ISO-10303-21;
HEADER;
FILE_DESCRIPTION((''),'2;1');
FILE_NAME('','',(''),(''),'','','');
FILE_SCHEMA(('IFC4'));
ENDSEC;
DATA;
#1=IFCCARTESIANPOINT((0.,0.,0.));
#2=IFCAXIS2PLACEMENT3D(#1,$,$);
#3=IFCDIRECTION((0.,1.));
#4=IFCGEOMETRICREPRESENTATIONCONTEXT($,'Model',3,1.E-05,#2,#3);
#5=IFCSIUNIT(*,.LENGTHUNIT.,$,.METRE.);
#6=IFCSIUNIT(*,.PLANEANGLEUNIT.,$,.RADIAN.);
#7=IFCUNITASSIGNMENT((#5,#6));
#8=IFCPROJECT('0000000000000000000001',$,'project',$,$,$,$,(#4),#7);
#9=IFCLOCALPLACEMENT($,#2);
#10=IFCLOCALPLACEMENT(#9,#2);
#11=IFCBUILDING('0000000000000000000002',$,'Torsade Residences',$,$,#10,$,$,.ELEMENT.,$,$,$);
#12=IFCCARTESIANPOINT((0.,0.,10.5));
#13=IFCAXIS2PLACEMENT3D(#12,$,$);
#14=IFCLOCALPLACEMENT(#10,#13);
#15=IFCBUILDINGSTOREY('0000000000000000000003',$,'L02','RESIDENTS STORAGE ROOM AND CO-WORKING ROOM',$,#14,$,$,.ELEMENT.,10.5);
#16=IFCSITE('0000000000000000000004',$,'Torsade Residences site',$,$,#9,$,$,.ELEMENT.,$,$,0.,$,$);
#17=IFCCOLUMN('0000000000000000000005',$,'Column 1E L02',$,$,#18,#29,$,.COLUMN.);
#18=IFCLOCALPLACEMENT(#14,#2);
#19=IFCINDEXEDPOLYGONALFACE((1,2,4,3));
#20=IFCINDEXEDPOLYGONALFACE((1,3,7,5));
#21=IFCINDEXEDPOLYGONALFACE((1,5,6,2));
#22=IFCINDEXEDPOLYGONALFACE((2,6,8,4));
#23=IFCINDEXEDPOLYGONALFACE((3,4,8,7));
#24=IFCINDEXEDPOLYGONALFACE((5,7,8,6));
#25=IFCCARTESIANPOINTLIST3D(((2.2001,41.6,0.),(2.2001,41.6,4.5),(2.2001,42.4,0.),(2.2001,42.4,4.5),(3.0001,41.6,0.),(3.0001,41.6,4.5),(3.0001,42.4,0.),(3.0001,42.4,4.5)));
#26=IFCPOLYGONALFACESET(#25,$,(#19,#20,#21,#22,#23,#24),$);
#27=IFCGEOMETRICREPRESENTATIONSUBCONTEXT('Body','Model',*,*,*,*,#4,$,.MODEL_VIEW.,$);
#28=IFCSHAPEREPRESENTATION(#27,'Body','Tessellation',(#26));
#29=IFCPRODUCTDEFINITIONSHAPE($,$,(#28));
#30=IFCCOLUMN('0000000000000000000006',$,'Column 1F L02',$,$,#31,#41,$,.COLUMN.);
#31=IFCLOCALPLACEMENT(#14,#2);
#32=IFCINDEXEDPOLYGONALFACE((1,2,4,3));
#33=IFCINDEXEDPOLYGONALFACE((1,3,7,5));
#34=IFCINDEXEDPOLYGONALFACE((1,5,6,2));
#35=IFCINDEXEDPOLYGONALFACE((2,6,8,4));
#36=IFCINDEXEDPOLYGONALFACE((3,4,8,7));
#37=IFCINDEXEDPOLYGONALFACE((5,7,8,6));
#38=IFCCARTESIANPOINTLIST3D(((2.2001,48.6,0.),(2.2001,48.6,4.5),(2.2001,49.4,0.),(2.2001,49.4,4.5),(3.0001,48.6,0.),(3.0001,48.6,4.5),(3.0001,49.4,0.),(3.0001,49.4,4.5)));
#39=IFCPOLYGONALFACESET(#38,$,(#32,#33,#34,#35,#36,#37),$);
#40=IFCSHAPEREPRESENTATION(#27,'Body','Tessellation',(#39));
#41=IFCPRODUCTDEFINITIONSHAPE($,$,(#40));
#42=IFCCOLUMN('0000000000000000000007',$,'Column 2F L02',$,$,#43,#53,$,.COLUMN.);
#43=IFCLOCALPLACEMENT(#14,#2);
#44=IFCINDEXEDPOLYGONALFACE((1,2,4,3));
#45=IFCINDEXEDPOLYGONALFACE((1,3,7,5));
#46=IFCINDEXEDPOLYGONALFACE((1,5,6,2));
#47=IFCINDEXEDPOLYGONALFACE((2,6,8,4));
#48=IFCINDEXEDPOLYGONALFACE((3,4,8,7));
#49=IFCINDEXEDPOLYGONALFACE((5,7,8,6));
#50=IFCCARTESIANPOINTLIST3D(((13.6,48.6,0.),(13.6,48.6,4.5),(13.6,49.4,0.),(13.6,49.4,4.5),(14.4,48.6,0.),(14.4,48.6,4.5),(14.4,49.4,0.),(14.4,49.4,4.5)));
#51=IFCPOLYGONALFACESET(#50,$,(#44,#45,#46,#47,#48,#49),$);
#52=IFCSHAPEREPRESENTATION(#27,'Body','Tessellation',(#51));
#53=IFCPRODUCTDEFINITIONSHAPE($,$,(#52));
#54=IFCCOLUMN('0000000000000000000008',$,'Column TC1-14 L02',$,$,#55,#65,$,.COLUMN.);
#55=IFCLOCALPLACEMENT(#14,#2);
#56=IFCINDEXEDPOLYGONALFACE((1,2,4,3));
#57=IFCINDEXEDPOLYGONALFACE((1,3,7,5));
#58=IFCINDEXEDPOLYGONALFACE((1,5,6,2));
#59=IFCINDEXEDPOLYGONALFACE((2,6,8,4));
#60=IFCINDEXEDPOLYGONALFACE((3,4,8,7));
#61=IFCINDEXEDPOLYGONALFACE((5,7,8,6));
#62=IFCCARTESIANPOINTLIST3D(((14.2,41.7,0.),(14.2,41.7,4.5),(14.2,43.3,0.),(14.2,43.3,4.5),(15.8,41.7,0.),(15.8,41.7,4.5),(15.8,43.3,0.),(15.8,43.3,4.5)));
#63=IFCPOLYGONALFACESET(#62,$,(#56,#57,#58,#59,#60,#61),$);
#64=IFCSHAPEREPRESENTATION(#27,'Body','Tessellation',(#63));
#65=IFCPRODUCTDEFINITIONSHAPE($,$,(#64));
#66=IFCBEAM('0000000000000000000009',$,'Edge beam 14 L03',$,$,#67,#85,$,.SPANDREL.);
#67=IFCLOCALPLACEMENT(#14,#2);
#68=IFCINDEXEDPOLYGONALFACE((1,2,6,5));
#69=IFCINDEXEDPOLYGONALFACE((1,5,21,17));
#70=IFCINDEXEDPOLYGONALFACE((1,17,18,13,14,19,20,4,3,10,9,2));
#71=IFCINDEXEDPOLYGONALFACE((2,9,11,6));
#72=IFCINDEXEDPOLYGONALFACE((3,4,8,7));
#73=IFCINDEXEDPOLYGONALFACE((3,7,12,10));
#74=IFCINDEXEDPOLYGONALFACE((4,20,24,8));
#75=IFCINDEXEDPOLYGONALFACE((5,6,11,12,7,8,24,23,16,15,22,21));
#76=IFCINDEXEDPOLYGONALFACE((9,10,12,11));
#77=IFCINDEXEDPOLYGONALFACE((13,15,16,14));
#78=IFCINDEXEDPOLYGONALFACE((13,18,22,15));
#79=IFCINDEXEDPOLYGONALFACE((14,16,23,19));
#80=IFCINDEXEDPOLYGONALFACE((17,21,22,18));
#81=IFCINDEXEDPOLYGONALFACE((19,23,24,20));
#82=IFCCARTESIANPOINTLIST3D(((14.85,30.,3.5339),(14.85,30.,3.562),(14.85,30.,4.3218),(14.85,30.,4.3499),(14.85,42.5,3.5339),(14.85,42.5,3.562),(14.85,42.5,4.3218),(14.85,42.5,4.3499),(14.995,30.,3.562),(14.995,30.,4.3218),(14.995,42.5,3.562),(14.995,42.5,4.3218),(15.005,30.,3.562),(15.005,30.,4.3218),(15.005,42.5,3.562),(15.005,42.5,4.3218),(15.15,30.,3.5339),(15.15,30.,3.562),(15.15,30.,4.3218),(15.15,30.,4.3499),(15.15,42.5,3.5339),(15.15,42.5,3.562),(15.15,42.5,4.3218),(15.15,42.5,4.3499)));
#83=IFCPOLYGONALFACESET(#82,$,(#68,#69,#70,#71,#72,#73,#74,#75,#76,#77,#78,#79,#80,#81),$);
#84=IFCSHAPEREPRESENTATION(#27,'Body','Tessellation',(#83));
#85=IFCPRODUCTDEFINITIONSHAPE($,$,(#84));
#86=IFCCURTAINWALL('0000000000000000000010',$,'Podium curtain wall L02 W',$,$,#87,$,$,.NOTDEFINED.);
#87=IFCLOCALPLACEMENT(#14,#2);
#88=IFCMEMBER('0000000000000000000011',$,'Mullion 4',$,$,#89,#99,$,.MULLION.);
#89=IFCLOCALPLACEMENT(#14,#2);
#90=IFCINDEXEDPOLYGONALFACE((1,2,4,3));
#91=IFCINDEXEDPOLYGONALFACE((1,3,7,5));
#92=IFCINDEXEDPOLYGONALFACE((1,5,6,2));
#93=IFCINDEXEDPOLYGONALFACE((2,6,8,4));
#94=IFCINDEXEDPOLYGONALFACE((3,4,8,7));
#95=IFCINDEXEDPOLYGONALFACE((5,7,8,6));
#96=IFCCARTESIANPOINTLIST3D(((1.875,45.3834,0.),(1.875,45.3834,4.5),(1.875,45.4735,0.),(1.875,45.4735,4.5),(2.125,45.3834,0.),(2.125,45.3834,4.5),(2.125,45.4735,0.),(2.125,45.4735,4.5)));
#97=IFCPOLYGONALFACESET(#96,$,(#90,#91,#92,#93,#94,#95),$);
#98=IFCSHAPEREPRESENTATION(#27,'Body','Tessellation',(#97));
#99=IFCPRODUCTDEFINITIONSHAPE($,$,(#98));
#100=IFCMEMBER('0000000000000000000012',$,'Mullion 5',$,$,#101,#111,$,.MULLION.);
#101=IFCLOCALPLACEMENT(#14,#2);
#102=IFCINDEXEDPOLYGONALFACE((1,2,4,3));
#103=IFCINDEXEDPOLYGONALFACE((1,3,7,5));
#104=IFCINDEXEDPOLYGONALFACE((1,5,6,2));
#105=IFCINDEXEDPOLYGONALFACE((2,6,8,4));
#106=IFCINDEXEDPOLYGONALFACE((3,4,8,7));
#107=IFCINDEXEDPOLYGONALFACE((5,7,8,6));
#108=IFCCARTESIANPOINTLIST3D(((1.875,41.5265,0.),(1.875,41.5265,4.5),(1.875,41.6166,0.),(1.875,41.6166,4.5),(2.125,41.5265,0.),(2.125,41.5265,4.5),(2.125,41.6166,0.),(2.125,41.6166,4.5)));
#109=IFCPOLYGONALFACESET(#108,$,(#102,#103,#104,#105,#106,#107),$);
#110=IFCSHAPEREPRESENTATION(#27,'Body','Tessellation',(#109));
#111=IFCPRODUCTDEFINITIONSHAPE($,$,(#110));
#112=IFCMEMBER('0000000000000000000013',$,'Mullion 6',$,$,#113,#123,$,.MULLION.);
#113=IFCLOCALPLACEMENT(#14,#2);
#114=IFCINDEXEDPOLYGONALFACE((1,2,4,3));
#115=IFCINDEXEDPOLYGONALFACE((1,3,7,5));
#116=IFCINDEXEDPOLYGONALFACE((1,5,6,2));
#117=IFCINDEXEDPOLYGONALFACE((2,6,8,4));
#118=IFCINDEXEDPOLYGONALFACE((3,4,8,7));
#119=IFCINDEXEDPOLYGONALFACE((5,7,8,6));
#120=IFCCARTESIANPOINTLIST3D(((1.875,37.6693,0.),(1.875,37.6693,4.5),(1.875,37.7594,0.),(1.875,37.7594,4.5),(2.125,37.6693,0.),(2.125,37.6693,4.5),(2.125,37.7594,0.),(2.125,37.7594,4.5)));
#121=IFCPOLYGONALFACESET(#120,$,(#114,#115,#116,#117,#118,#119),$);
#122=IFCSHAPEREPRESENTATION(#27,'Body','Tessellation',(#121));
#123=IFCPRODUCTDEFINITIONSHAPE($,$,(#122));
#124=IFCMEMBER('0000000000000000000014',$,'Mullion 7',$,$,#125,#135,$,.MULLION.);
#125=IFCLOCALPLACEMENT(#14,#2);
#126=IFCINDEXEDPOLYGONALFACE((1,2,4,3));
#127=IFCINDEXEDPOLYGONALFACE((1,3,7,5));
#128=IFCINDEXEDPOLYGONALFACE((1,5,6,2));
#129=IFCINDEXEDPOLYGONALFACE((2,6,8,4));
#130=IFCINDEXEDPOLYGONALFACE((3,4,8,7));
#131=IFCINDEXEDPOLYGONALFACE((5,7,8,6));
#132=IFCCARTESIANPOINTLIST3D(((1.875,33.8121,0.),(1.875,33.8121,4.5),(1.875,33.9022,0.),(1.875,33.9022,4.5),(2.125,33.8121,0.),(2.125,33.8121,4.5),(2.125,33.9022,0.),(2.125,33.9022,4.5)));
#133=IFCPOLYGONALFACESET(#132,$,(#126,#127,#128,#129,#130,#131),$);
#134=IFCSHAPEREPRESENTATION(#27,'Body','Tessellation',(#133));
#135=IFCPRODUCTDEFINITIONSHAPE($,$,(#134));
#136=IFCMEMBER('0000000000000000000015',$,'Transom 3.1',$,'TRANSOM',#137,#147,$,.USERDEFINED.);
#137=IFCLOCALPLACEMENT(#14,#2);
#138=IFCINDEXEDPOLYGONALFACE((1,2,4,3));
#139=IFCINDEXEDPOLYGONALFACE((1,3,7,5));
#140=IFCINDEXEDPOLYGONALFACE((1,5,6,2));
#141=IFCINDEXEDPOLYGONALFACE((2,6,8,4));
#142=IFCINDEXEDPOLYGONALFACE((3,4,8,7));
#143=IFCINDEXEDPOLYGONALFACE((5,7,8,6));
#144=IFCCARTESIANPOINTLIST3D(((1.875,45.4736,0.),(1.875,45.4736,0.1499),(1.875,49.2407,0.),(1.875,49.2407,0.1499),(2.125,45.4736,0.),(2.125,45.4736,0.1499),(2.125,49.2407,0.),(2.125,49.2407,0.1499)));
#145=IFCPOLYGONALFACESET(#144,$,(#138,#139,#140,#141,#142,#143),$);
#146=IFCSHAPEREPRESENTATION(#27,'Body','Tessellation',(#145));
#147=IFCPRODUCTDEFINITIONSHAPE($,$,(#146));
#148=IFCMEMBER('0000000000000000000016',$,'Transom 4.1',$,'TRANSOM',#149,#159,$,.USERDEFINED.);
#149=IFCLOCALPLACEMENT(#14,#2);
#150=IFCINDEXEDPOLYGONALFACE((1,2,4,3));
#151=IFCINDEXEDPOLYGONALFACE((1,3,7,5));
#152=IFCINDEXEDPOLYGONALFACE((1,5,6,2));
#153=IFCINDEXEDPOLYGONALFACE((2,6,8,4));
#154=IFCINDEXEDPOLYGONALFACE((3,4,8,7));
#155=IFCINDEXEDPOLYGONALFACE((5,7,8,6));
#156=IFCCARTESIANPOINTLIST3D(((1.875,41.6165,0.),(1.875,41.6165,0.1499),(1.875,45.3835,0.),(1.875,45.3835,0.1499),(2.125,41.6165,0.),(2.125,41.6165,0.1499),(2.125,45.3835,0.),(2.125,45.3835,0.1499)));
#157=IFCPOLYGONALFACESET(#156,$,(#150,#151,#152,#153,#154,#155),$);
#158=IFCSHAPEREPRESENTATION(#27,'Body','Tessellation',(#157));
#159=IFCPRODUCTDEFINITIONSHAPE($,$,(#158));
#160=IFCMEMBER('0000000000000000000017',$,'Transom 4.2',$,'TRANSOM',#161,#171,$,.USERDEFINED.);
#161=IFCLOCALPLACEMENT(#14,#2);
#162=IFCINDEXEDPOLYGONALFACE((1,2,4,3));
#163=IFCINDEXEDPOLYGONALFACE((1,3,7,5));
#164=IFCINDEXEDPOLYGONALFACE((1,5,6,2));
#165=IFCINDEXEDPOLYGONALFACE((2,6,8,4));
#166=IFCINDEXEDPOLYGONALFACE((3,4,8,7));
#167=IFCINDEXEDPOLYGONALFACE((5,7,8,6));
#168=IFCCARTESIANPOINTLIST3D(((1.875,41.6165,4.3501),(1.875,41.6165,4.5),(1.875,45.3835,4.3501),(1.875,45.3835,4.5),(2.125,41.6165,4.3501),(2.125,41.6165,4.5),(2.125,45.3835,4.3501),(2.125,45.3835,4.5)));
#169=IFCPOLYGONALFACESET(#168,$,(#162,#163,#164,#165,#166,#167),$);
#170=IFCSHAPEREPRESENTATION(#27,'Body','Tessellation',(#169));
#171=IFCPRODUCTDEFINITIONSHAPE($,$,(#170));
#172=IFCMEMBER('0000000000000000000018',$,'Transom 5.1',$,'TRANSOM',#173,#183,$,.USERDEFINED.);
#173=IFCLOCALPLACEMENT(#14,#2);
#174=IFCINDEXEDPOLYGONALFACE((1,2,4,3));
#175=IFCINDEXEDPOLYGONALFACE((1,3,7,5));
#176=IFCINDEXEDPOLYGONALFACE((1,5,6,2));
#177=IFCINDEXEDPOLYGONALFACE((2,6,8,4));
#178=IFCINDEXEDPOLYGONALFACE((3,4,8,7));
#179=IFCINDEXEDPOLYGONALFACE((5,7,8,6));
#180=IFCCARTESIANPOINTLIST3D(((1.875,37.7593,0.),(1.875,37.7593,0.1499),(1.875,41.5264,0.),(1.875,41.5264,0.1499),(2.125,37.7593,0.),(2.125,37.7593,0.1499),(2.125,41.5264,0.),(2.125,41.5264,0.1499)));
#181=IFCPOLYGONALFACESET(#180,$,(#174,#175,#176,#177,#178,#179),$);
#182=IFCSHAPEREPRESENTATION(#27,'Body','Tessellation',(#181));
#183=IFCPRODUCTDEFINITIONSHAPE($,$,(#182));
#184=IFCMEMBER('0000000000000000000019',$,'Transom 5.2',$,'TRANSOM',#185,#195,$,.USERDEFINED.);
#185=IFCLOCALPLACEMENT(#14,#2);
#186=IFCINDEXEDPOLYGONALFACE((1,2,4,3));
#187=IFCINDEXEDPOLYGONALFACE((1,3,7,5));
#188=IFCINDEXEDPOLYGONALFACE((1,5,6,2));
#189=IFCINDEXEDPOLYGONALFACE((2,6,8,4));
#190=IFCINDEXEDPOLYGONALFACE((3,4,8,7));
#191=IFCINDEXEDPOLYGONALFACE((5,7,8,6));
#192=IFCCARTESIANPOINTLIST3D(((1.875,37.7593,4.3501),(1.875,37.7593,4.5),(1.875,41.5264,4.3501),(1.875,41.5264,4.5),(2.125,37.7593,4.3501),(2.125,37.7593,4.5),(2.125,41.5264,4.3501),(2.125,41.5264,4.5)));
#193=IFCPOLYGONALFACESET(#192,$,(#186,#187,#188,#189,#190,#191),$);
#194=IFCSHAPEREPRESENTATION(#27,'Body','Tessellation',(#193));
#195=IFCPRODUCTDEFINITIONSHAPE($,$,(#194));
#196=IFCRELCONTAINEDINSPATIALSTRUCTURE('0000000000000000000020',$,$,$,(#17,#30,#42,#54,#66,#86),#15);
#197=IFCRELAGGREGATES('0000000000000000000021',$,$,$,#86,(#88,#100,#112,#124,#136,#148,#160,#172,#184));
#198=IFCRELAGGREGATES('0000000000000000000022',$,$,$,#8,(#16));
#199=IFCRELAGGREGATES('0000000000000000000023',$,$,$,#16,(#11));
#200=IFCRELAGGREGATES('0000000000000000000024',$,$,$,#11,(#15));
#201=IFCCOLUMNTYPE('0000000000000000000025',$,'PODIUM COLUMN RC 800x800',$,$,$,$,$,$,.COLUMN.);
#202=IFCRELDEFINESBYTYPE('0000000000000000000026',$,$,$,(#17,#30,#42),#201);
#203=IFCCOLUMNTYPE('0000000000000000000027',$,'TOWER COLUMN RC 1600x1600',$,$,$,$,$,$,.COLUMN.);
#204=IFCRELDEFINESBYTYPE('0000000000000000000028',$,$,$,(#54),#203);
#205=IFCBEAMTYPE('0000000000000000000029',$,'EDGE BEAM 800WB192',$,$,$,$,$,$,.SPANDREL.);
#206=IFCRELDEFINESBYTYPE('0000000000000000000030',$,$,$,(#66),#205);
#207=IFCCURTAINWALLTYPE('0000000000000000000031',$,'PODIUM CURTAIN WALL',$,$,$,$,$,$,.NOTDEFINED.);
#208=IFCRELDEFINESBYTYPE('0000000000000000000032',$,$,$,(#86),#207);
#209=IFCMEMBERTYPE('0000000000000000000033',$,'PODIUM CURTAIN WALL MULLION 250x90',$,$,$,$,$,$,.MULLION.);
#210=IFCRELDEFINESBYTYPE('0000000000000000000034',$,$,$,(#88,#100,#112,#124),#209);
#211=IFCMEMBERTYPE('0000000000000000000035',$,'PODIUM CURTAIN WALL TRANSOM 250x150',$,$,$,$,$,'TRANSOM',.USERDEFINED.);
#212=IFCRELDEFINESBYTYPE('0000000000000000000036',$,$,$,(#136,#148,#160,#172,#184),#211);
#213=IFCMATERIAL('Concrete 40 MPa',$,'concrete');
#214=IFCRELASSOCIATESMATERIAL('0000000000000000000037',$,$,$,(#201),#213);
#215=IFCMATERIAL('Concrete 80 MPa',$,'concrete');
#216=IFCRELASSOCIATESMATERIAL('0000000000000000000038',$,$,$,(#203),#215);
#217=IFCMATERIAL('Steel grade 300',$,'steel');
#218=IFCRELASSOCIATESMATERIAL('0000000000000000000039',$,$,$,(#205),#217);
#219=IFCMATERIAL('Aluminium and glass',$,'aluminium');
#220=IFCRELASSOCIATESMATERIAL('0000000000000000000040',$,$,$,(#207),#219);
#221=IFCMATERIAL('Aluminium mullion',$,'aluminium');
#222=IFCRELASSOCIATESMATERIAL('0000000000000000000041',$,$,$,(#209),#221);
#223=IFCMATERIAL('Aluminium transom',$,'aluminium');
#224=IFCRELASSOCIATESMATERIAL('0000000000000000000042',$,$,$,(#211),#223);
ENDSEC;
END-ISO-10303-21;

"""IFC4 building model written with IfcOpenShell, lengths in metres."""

from ifc_helpers import new_model, si_unit, direction, frame, origin, origin_2d, place, context, subcontext, project, spatial, rectangle, i_section, extrude, material, material_profile, profile_set, type_object, element, aggregate, save


model = new_model("IFC4")

# Units and contexts
model_context = context("Model", 3, precision=1e-05, world=origin(), true_north=direction((0.0, 1.0)))
body_context = subcontext(model_context, "Body", "Model", "MODEL_VIEW")
ifc_project = project(units=[si_unit("LENGTHUNIT", "METRE"), si_unit("PLANEANGLEUNIT", "RADIAN")], contexts=[model_context])

# Site, building, storey
site_placement = place(None, origin())
site = spatial("IfcSite", under=ifc_project, at=site_placement, Name="Torsade Residences site", CompositionType="ELEMENT", RefElevation=0.0)
building_placement = place(site_placement, origin())
building = spatial("IfcBuilding", under=site, at=building_placement, Name="Torsade Residences", CompositionType="ELEMENT")
storey_placement = place(building_placement, frame((0.0, 0.0, 10.5)))
storey = spatial("IfcBuildingStorey", under=building, at=storey_placement, Name="L02", Description="RESIDENTS STORAGE ROOM AND CO-WORKING ROOM", CompositionType="ELEMENT", Elevation=10.5)

# Columns
ifc_material_1 = material(Name="Concrete 40 MPa", Category="concrete")
ifc_material_profile_1 = material_profile(ifc_material_1, rectangle(XDim=0.8, YDim=0.8, at=origin_2d()), Name="RC 800x800")
ifc_profile_set_1 = profile_set([ifc_material_profile_1], Name="Concrete 40 MPa")
column_type_1 = type_object("IfcColumnType", Name="PODIUM COLUMN RC 800x800", PredefinedType="COLUMN", material=ifc_profile_set_1)
for number, where, z_axis, x_axis, name in (
    (1, (2.6001, 42.0, 0.0), (0.0, 0.0, 1.0), (1.0, 0.0, 0.0), "Column 1E L02"),
    (2, (2.6001, 49.0, 0.0), (0.0, 0.0, 1.0), (1.0, 0.0, 0.0), "Column 1F L02"),
    (3, (14.0, 49.0, 0.0), (0.0, 0.0, 1.0), (1.0, 0.0, 0.0), "Column 2F L02"),
):
    element("IfcColumn", number, at=place(storey_placement, frame(where, z_axis=z_axis, x_axis=x_axis)), inside=storey, type_object=column_type_1, Name=name, PredefinedType="COLUMN", context=body_context, shape_type="SweptSolid", body=[
        extrude(rectangle(XDim=0.8, YDim=0.8, at=origin_2d()), origin(), (0.0, 0.0, 1.0), 4.5),
    ])
ifc_material_2 = material(Name="Concrete 80 MPa", Category="concrete")
ifc_material_profile_2 = material_profile(ifc_material_2, rectangle(XDim=1.6001, YDim=1.6001, at=origin_2d()), Name="RC 1600x1600")
ifc_profile_set_2 = profile_set([ifc_material_profile_2], Name="Concrete 80 MPa")
column_type_2 = type_object("IfcColumnType", Name="TOWER COLUMN RC 1600x1600", PredefinedType="COLUMN", material=ifc_profile_set_2)
column_placement = place(storey_placement, frame((15.0, 42.5, 0.0), z_axis=(0.0, 0.0, 1.0), x_axis=(1.0, 0.0, 0.0)))
element("IfcColumn", 4, at=column_placement, inside=storey, type_object=column_type_2, Name="Column TC1-14 L02", PredefinedType="COLUMN", context=body_context, shape_type="SweptSolid", body=[
    extrude(rectangle(XDim=1.6001, YDim=1.6001, at=origin_2d()), origin(), (0.0, 0.0, 1.0), 4.5),
])

# Beam
ifc_material_3 = material(Name="Steel grade 300", Category="steel")
ifc_material_profile_3 = material_profile(ifc_material_3, i_section(OverallWidth=0.3, OverallDepth=0.8159, WebThickness=0.01, FlangeThickness=0.0281, at=origin_2d()), Name="800WB192")
ifc_profile_set_3 = profile_set([ifc_material_profile_3], Name="Steel grade 300")
beam_type_1 = type_object("IfcBeamType", Name="EDGE BEAM 800WB192", PredefinedType="SPANDREL", material=ifc_profile_set_3)
beam_1_placement = place(storey_placement, frame((15.0, 42.5, 3.9419), z_axis=(0.0, -1.0, 0.0), x_axis=(1.0, 0.0, 0.0)))
element("IfcBeam", 5, at=beam_1_placement, inside=storey, type_object=beam_type_1, Name="Edge beam 14 L03", PredefinedType="SPANDREL", context=body_context, shape_type="SweptSolid", body=[
    extrude(i_section(OverallWidth=0.3, OverallDepth=0.8159, WebThickness=0.01, FlangeThickness=0.0281, at=origin_2d()), origin(), (0.0, 0.0, 1.0), 12.5),
])

# Curtain wall, members
ifc_material_4 = material(Name="Aluminium and glass", Category="aluminium")
curtain_wall_type = type_object("IfcCurtainWallType", Name="PODIUM CURTAIN WALL", PredefinedType="NOTDEFINED", material=ifc_material_4)
curtain_wall_placement = place(storey_placement, origin())
curtain_wall = element("IfcCurtainWall", 6, at=curtain_wall_placement, inside=storey, type_object=curtain_wall_type, Name="Podium curtain wall L02 W", PredefinedType="NOTDEFINED")
ifc_material_5 = material(Name="Aluminium mullion", Category="aluminium")
ifc_material_profile_4 = material_profile(ifc_material_5, rectangle(XDim=0.25, YDim=0.0901, at=origin_2d()), Name="PODIUM CURTAIN WALL MULLION 250x90")
ifc_profile_set_4 = profile_set([ifc_material_profile_4], Name="Aluminium mullion")
member_type_1 = type_object("IfcMemberType", Name="PODIUM CURTAIN WALL MULLION 250x90", PredefinedType="MULLION", material=ifc_profile_set_4)
member_1_placement = place(storey_placement, frame((2.0, 45.4285, 0.0), z_axis=(0.0, 0.0, 1.0), x_axis=(1.0, 0.0, 0.0)))
member_1 = element("IfcMember", 7, at=member_1_placement, type_object=member_type_1, Name="Mullion 4", PredefinedType="MULLION", context=body_context, shape_type="SweptSolid", body=[
    extrude(rectangle(XDim=0.25, YDim=0.0901, at=origin_2d()), origin(), (0.0, 0.0, 1.0), 4.5),
])
member_2_placement = place(storey_placement, frame((2.0, 41.5715, 0.0), z_axis=(0.0, 0.0, 1.0), x_axis=(1.0, 0.0, 0.0)))
member_2 = element("IfcMember", 8, at=member_2_placement, type_object=member_type_1, Name="Mullion 5", PredefinedType="MULLION", context=body_context, shape_type="SweptSolid", body=[
    extrude(rectangle(XDim=0.25, YDim=0.0901, at=origin_2d()), origin(), (0.0, 0.0, 1.0), 4.5),
])
member_3_placement = place(storey_placement, frame((2.0, 37.7144, 0.0), z_axis=(0.0, 0.0, 1.0), x_axis=(1.0, 0.0, 0.0)))
member_3 = element("IfcMember", 9, at=member_3_placement, type_object=member_type_1, Name="Mullion 6", PredefinedType="MULLION", context=body_context, shape_type="SweptSolid", body=[
    extrude(rectangle(XDim=0.25, YDim=0.0901, at=origin_2d()), origin(), (0.0, 0.0, 1.0), 4.5),
])
member_4_placement = place(storey_placement, frame((2.0, 33.8572, 0.0), z_axis=(0.0, 0.0, 1.0), x_axis=(1.0, 0.0, 0.0)))
member_4 = element("IfcMember", 10, at=member_4_placement, type_object=member_type_1, Name="Mullion 7", PredefinedType="MULLION", context=body_context, shape_type="SweptSolid", body=[
    extrude(rectangle(XDim=0.25, YDim=0.0901, at=origin_2d()), origin(), (0.0, 0.0, 1.0), 4.5),
])
ifc_material_6 = material(Name="Aluminium transom", Category="aluminium")
ifc_material_profile_5 = material_profile(ifc_material_6, rectangle(XDim=0.25, YDim=0.1499, at=origin_2d()), Name="PODIUM CURTAIN WALL TRANSOM 250x150")
ifc_profile_set_5 = profile_set([ifc_material_profile_5], Name="Aluminium transom")
member_type_2 = type_object("IfcMemberType", Name="PODIUM CURTAIN WALL TRANSOM 250x150", ElementType="TRANSOM", PredefinedType="USERDEFINED", material=ifc_profile_set_5)
member_5_placement = place(storey_placement, frame((2.0, 49.2407, 0.075), z_axis=(0.0, -1.0, 0.0), x_axis=(1.0, 0.0, 0.0)))
member_5 = element("IfcMember", 11, at=member_5_placement, type_object=member_type_2, Name="Transom 3.1", ObjectType="TRANSOM", PredefinedType="USERDEFINED", context=body_context, shape_type="SweptSolid", body=[
    extrude(rectangle(XDim=0.25, YDim=0.1499, at=origin_2d()), origin(), (0.0, 0.0, 1.0), 3.7671),
])
member_6_placement = place(storey_placement, frame((2.0, 45.3835, 0.075), z_axis=(0.0, -1.0, 0.0), x_axis=(1.0, 0.0, 0.0)))
member_6 = element("IfcMember", 12, at=member_6_placement, type_object=member_type_2, Name="Transom 4.1", ObjectType="TRANSOM", PredefinedType="USERDEFINED", context=body_context, shape_type="SweptSolid", body=[
    extrude(rectangle(XDim=0.25, YDim=0.1499, at=origin_2d()), origin(), (0.0, 0.0, 1.0), 3.7671),
])
member_7_placement = place(storey_placement, frame((2.0, 45.3835, 4.425), z_axis=(0.0, -1.0, 0.0), x_axis=(1.0, 0.0, 0.0)))
member_7 = element("IfcMember", 13, at=member_7_placement, type_object=member_type_2, Name="Transom 4.2", ObjectType="TRANSOM", PredefinedType="USERDEFINED", context=body_context, shape_type="SweptSolid", body=[
    extrude(rectangle(XDim=0.25, YDim=0.1499, at=origin_2d()), origin(), (0.0, 0.0, 1.0), 3.7671),
])
member_8_placement = place(storey_placement, frame((2.0, 41.5264, 0.075), z_axis=(0.0, -1.0, 0.0), x_axis=(1.0, 0.0, 0.0)))
member_8 = element("IfcMember", 14, at=member_8_placement, type_object=member_type_2, Name="Transom 5.1", ObjectType="TRANSOM", PredefinedType="USERDEFINED", context=body_context, shape_type="SweptSolid", body=[
    extrude(rectangle(XDim=0.25, YDim=0.1499, at=origin_2d()), origin(), (0.0, 0.0, 1.0), 3.7671),
])
member_9_placement = place(storey_placement, frame((2.0, 41.5264, 4.425), z_axis=(0.0, -1.0, 0.0), x_axis=(1.0, 0.0, 0.0)))
member_9 = element("IfcMember", 15, at=member_9_placement, type_object=member_type_2, Name="Transom 5.2", ObjectType="TRANSOM", PredefinedType="USERDEFINED", context=body_context, shape_type="SweptSolid", body=[
    extrude(rectangle(XDim=0.25, YDim=0.1499, at=origin_2d()), origin(), (0.0, 0.0, 1.0), 3.7671),
])

aggregate(curtain_wall, [member_1, member_2, member_3, member_4, member_5, member_6, member_7, member_8, member_9])

save(model, "model.ifc")
